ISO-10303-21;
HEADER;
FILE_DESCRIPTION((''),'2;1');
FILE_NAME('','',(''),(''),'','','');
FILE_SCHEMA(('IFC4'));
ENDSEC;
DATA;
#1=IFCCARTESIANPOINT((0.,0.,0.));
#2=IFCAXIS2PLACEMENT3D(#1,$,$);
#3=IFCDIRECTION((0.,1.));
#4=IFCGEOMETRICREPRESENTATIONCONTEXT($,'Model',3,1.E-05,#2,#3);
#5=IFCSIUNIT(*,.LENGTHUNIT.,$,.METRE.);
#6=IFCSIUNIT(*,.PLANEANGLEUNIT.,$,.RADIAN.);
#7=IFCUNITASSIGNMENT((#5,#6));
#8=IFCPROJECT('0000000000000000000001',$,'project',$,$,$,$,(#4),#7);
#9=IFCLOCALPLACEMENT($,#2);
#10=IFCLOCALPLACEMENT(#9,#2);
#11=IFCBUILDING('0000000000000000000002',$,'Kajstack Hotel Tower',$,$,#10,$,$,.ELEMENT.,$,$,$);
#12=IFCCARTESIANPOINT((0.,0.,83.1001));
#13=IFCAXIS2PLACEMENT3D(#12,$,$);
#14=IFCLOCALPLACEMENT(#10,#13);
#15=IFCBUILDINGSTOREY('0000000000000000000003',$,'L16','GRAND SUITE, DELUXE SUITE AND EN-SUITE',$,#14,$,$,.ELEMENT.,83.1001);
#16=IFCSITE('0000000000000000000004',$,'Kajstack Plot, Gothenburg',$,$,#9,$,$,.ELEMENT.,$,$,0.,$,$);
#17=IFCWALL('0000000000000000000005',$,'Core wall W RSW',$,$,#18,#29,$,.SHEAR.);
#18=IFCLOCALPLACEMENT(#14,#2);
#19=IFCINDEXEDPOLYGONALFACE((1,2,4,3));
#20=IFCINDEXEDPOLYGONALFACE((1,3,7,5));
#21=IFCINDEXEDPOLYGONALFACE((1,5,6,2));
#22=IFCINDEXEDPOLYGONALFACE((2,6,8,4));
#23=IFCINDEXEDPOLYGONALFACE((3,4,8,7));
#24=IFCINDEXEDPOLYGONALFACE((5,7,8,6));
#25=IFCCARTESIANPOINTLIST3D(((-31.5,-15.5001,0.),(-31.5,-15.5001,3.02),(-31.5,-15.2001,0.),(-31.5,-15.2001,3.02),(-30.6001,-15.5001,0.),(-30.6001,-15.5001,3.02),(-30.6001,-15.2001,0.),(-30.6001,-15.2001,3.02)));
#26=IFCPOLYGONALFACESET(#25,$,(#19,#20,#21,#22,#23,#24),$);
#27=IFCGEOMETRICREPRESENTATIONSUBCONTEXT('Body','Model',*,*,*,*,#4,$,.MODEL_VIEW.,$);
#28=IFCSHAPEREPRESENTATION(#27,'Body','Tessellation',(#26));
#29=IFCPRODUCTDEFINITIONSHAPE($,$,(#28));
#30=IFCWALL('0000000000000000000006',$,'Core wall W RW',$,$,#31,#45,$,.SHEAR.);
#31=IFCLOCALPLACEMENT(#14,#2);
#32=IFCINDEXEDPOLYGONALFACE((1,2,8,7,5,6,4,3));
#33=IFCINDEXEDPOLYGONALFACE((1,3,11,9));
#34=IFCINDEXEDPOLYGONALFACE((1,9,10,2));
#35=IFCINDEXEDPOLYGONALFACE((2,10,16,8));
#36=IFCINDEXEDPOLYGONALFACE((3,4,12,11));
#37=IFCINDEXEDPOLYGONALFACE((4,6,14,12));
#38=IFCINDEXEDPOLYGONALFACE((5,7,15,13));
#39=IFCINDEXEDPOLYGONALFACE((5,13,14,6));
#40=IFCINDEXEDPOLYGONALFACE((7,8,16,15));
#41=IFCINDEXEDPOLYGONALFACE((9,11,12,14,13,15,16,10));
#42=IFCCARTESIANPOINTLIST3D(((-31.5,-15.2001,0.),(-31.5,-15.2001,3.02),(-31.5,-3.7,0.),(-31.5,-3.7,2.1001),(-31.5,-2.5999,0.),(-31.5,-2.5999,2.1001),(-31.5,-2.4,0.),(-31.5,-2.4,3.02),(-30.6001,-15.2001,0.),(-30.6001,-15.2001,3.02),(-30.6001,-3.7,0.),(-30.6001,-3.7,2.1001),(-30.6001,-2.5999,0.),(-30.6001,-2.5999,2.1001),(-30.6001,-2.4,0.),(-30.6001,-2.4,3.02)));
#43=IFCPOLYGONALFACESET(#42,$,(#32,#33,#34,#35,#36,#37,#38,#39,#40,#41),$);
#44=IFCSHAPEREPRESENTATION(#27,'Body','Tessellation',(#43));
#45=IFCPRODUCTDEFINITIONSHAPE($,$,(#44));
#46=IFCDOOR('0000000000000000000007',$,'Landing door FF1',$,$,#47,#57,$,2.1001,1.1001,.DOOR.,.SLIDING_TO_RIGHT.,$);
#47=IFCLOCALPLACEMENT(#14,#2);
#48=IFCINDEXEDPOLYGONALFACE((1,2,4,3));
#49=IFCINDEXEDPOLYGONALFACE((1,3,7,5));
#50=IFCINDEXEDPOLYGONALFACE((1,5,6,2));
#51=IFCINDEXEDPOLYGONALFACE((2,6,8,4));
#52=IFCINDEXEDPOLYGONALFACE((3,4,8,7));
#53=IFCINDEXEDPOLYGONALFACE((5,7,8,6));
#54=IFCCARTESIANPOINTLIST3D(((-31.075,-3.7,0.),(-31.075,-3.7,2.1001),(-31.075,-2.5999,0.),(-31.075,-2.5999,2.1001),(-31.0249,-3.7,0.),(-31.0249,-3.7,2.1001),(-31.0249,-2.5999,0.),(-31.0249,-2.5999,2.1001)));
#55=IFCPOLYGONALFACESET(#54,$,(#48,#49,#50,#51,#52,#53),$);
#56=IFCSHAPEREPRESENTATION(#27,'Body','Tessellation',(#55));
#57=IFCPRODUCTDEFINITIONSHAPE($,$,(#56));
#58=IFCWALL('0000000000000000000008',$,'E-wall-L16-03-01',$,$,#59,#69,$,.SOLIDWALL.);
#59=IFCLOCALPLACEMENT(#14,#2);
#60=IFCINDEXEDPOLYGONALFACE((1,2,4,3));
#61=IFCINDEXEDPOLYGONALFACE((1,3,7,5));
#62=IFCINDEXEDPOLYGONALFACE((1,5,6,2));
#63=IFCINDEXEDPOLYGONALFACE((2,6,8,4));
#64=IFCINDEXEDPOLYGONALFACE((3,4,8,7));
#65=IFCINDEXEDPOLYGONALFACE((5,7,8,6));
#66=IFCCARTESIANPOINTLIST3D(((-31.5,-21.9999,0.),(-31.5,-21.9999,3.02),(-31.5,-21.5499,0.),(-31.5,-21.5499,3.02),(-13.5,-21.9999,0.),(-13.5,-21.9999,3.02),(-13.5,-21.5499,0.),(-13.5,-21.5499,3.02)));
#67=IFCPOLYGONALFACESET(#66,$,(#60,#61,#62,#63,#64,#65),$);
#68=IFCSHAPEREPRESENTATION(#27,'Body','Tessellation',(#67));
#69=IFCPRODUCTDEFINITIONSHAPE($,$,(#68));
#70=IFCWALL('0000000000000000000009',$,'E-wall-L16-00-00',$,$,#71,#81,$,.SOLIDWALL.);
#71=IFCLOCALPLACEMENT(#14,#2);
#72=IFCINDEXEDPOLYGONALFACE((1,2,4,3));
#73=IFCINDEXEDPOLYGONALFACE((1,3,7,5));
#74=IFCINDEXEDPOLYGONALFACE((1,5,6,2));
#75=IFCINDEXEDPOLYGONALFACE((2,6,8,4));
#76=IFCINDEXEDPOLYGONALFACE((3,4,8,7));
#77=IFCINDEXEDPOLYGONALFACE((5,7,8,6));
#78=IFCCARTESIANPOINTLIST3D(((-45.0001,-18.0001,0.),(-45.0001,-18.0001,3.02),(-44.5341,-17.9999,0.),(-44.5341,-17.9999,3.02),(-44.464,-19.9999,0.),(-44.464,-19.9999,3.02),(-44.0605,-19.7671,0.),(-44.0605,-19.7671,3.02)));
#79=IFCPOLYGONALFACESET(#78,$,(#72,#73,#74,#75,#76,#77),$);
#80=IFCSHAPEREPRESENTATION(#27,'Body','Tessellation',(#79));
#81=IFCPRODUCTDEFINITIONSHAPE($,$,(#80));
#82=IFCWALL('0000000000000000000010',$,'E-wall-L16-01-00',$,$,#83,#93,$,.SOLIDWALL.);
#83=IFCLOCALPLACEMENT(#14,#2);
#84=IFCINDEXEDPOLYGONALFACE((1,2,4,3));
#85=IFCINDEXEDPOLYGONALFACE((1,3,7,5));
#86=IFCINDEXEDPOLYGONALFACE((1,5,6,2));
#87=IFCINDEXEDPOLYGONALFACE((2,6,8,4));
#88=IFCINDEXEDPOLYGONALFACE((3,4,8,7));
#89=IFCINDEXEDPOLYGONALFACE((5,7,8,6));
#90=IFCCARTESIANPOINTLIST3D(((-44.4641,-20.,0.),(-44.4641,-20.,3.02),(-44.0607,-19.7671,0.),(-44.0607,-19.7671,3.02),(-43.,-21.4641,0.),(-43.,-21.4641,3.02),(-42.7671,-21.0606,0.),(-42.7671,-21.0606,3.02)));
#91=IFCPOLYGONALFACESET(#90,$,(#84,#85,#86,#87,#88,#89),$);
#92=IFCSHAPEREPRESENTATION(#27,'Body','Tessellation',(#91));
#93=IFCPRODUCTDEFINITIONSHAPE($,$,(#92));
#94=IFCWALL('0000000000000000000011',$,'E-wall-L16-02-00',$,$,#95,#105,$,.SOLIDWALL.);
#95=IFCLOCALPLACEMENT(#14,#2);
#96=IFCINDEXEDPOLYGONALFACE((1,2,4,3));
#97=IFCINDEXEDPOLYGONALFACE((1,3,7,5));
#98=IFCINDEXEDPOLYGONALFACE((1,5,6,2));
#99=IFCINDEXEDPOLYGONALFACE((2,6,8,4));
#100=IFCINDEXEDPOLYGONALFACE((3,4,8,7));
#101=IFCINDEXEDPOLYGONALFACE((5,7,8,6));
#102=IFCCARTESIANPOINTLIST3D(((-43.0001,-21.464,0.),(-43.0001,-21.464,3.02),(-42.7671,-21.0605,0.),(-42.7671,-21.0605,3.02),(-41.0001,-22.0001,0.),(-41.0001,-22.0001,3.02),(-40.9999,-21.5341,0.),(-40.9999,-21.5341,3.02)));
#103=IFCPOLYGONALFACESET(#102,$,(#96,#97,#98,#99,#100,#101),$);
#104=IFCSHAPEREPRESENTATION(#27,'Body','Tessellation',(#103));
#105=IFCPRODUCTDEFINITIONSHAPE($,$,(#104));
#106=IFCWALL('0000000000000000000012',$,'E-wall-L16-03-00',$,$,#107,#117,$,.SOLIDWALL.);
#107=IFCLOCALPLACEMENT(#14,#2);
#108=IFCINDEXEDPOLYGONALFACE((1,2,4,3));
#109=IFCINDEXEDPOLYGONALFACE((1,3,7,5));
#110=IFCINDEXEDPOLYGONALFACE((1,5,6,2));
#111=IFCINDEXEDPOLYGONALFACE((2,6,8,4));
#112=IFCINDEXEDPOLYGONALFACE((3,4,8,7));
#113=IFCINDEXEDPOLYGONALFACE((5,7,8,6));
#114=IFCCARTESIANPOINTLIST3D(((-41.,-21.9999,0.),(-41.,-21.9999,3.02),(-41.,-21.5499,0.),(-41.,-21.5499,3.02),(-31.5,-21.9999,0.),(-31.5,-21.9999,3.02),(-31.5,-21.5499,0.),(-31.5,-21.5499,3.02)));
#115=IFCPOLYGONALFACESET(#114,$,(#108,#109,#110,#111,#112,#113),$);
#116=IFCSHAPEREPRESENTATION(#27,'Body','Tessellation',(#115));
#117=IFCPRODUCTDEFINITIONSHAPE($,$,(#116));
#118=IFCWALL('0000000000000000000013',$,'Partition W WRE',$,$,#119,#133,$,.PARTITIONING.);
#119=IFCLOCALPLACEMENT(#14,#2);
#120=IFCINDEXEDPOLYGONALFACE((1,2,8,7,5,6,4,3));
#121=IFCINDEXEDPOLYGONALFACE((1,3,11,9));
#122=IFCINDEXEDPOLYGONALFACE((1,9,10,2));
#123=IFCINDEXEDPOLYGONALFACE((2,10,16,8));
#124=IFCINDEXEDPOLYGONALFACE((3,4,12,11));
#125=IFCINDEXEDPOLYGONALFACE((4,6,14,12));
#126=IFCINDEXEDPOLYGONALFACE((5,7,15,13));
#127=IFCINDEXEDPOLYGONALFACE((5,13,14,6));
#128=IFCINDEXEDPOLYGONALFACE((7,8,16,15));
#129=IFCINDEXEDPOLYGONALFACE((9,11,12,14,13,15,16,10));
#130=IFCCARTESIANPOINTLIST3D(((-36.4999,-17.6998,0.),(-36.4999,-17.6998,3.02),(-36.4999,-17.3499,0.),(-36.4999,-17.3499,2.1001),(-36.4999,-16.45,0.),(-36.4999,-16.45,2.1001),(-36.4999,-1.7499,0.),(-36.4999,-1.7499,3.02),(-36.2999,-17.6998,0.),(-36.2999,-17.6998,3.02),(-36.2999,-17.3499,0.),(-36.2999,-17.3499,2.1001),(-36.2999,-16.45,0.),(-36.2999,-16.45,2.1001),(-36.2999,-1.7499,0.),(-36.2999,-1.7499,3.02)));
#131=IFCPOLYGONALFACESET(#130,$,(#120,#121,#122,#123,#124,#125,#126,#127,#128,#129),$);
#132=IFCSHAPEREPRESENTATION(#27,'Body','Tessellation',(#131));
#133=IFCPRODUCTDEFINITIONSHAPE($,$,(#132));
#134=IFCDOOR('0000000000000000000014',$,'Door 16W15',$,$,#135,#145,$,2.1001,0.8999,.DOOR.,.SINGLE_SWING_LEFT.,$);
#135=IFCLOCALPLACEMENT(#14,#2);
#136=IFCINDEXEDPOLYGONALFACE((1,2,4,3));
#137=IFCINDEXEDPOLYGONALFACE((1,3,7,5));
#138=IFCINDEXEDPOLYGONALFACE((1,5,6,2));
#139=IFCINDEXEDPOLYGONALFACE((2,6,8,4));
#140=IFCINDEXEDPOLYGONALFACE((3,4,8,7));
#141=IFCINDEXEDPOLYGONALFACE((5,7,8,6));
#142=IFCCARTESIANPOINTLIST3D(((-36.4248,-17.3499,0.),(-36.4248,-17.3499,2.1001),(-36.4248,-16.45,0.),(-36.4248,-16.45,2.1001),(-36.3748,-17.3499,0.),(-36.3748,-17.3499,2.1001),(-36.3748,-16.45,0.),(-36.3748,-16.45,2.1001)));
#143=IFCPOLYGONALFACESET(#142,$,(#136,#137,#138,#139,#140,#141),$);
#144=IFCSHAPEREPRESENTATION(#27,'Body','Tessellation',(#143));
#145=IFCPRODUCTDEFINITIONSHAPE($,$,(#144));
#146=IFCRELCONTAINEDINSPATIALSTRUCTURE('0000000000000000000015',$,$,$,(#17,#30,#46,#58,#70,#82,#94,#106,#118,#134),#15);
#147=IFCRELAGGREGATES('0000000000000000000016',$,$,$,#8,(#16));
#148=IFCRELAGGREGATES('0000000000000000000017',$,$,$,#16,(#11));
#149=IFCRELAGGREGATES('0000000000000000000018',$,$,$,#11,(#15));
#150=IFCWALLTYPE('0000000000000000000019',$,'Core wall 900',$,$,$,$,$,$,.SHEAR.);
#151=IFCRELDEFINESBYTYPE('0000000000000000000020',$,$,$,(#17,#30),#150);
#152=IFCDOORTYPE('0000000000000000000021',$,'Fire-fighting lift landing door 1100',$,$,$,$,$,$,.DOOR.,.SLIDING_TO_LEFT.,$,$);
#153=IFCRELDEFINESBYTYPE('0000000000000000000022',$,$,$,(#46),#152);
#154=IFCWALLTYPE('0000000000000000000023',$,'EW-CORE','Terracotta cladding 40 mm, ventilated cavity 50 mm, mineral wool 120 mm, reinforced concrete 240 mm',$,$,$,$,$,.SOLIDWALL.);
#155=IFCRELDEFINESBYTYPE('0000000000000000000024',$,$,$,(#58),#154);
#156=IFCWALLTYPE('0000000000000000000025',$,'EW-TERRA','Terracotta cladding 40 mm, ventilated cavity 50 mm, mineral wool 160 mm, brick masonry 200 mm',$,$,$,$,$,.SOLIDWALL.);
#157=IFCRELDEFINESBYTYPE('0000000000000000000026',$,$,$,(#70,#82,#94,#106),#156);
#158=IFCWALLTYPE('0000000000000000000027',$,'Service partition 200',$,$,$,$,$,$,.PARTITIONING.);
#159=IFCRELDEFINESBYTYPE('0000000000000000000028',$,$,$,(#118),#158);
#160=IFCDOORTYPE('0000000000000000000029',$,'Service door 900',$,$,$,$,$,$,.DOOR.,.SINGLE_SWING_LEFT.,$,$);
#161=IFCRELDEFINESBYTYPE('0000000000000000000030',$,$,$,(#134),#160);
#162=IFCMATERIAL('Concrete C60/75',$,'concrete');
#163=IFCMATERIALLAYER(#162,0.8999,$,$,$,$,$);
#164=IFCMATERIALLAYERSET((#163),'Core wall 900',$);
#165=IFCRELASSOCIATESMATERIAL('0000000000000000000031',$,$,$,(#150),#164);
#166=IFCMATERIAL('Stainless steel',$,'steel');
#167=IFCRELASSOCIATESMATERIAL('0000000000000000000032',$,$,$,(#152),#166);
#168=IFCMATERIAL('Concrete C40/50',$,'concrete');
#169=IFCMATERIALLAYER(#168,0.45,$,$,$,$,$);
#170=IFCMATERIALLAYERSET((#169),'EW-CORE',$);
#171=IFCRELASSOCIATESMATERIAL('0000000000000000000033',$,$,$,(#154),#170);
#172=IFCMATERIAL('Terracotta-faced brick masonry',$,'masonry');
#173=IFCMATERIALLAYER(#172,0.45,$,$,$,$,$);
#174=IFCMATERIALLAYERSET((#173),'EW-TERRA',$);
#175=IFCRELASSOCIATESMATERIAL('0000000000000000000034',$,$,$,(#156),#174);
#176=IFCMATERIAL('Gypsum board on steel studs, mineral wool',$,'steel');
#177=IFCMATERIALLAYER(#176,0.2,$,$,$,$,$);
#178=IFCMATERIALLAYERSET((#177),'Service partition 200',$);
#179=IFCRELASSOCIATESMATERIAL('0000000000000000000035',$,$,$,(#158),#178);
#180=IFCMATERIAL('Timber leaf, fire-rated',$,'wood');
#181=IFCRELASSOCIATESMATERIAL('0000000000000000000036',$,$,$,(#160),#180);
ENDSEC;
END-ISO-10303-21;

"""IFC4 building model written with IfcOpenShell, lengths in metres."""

from ifc_helpers import new_model, si_unit, direction, frame, frame_2d, origin, place, context, subcontext, project, spatial, polyline, rectangle, outline, extrude, material, layer, layer_set, type_object, element, fill, save


model = new_model("IFC4")

# Units and contexts
model_context = context("Model", 3, precision=1e-05, world=origin(), true_north=direction((0.0, 1.0)))
body_context = subcontext(model_context, "Body", "Model", "MODEL_VIEW")
ifc_project = project(units=[si_unit("LENGTHUNIT", "METRE"), si_unit("PLANEANGLEUNIT", "RADIAN")], contexts=[model_context])

# Site, building, storey
site_placement = place(None, origin())
site = spatial("IfcSite", under=ifc_project, at=site_placement, Name="Kajstack Plot, Gothenburg", CompositionType="ELEMENT", RefElevation=0.0)
building_placement = place(site_placement, origin())
building = spatial("IfcBuilding", under=site, at=building_placement, Name="Kajstack Hotel Tower", CompositionType="ELEMENT")
storey_placement = place(building_placement, frame((0.0, 0.0, 83.1001)))
storey = spatial("IfcBuildingStorey", under=building, at=storey_placement, Name="L16", Description="GRAND SUITE, DELUXE SUITE AND EN-SUITE", CompositionType="ELEMENT", Elevation=83.1001)

# Wall
ifc_material_1 = material(Name="Concrete C60/75", Category="concrete")
ifc_layer_1 = layer(ifc_material_1, 0.8999)
ifc_layer_set_1 = layer_set([ifc_layer_1], Name="Core wall 900")
wall_type_1 = type_object("IfcWallType", Name="Core wall 900", PredefinedType="SHEAR", material=ifc_layer_set_1)
wall_1_placement = place(storey_placement, frame((-31.5, -15.3501, 0.0), z_axis=(0.0, 0.0, 1.0), x_axis=(1.0, 0.0, 0.0)))
element("IfcWall", 1, at=wall_1_placement, inside=storey, type_object=wall_type_1, Name="Core wall W RSW", PredefinedType="SHEAR", context=body_context, shape_type="SweptSolid", body=[
    extrude(rectangle(XDim=0.8999, YDim=0.3, at=frame_2d((0.45, 0.0))), origin(), (0.0, 0.0, 1.0), 3.02),
])

# Wall, opening, door
wall_2_placement = place(storey_placement, frame((-31.05, -15.2, 0.0), z_axis=(0.0, 0.0, 1.0), x_axis=(0.0, 1.0, 0.0)))
wall_2 = element("IfcWall", 2, at=wall_2_placement, inside=storey, type_object=wall_type_1, Name="Core wall W RW", PredefinedType="SHEAR", context=body_context, shape_type="SweptSolid", body=[
    extrude(rectangle(XDim=12.8, YDim=0.8999, at=frame_2d((6.3999, 0.0))), origin(), (0.0, 0.0, 1.0), 3.02),
])
opening_1_placement = place(wall_2_placement, frame((11.5, 0.0, 0.0)))
opening_1 = element("IfcOpeningElement", 3, at=opening_1_placement, cuts=wall_2, PredefinedType="OPENING", context=body_context, shape_type="SweptSolid", body=[
    extrude(rectangle(XDim=1.1001, YDim=2.1001, at=frame_2d((0.55, 1.05))), frame((0.0, 0.46, 0.0), z_axis=(0.0, -1.0, 0.0), x_axis=(1.0, 0.0, 0.0)), (0.0, 0.0, 1.0), 0.9199),
])
ifc_material_2 = material(Name="Stainless steel", Category="steel")
door_type_1 = type_object("IfcDoorType", Name="Fire-fighting lift landing door 1100", OperationType="SLIDING_TO_LEFT", PredefinedType="DOOR", material=ifc_material_2)
door_1_placement = place(opening_1_placement, origin())
door_1 = element("IfcDoor", 4, at=door_1_placement, inside=storey, type_object=door_type_1, Name="Landing door FF1", OperationType="SLIDING_TO_RIGHT", OverallHeight=2.1001, OverallWidth=1.1001, PredefinedType="DOOR", context=body_context, shape_type="SweptSolid", body=[
    extrude(rectangle(XDim=1.1001, YDim=2.1001, at=frame_2d((0.55, 1.05))), frame((0.0, 0.0249, 0.0), z_axis=(0.0, -1.0, 0.0), x_axis=(1.0, 0.0, 0.0)), (0.0, 0.0, 1.0), 0.05),
])
fill(opening_1, door_1)

# Walls
ifc_material_3 = material(Name="Concrete C40/50", Category="concrete")
ifc_layer_2 = layer(ifc_material_3, 0.45)
ifc_layer_set_2 = layer_set([ifc_layer_2], Name="EW-CORE")
wall_type_2 = type_object("IfcWallType", Name="EW-CORE", Description="Terracotta cladding 40 mm, ventilated cavity 50 mm, mineral wool 120 mm, reinforced concrete 240 mm", PredefinedType="SOLIDWALL", material=ifc_layer_set_2)
wall_3_placement = place(storey_placement, frame((-31.5, -21.7749, 0.0), z_axis=(0.0, 0.0, 1.0), x_axis=(1.0, 0.0, 0.0)))
element("IfcWall", 5, at=wall_3_placement, inside=storey, type_object=wall_type_2, Name="E-wall-L16-03-01", PredefinedType="SOLIDWALL", context=body_context, shape_type="SweptSolid", body=[
    extrude(rectangle(XDim=18.0, YDim=0.45, at=frame_2d((9.0, 0.0))), origin(), (0.0, 0.0, 1.0), 3.02),
])
ifc_material_4 = material(Name="Terracotta-faced brick masonry", Category="masonry")
ifc_layer_3 = layer(ifc_material_4, 0.45)
ifc_layer_set_3 = layer_set([ifc_layer_3], Name="EW-TERRA")
wall_type_3 = type_object("IfcWallType", Name="EW-TERRA", Description="Terracotta cladding 40 mm, ventilated cavity 50 mm, mineral wool 160 mm, brick masonry 200 mm", PredefinedType="SOLIDWALL", material=ifc_layer_set_3)
wall_4_placement = place(storey_placement, frame((-44.7827, -17.9417, 0.0), z_axis=(0.0, 0.0, 1.0), x_axis=(0.258815, -0.965927, 0.0)))
element("IfcWall", 6, at=wall_4_placement, inside=storey, type_object=wall_type_3, Name="E-wall-L16-00-00", PredefinedType="SOLIDWALL", context=body_context, shape_type="SweptSolid", body=[
    extrude(outline(polyline([(0.0002, -0.2251), (2.0706, -0.2249), (1.9502, 0.2251), (0.1206, 0.2251), (0.0002, -0.2251)])), origin(), (0.0, 0.0, 1.0), 3.02),
])
wall_5_placement = place(storey_placement, frame((-44.3049, -19.8408, 0.0), z_axis=(0.0, 0.0, 1.0), x_axis=(0.707107, -0.707107, 0.0)))
element("IfcWall", 7, at=wall_5_placement, inside=storey, type_object=wall_type_3, Name="E-wall-L16-01-00", PredefinedType="SOLIDWALL", context=body_context, shape_type="SweptSolid", body=[
    extrude(outline(polyline([(0.0, -0.2251), (2.0706, -0.2251), (1.95, 0.2249), (0.1206, 0.2249), (0.0, -0.2251)])), origin(), (0.0, 0.0, 1.0), 3.02),
])
wall_6_placement = place(storey_placement, frame((-42.9417, -21.2468, 0.0), z_axis=(0.0, 0.0, 1.0), x_axis=(0.965927, -0.258815, 0.0)))
element("IfcWall", 8, at=wall_6_placement, inside=storey, type_object=wall_type_3, Name="E-wall-L16-02-00", PredefinedType="SOLIDWALL", context=body_context, shape_type="SweptSolid", body=[
    extrude(outline(polyline([(-0.0002, -0.2249), (2.0703, -0.2251), (1.95, 0.2251), (0.1204, 0.2251), (-0.0002, -0.2249)])), origin(), (0.0, 0.0, 1.0), 3.02),
])
wall_7_placement = place(storey_placement, frame((-41.0, -21.7749, 0.0), z_axis=(0.0, 0.0, 1.0), x_axis=(1.0, 0.0, 0.0)))
element("IfcWall", 9, at=wall_7_placement, inside=storey, type_object=wall_type_3, Name="E-wall-L16-03-00", PredefinedType="SOLIDWALL", context=body_context, shape_type="SweptSolid", body=[
    extrude(rectangle(XDim=9.5, YDim=0.45, at=frame_2d((4.75, 0.0))), origin(), (0.0, 0.0, 1.0), 3.02),
])

# Wall, opening, door
ifc_material_5 = material(Name="Gypsum board on steel studs, mineral wool", Category="steel")
ifc_layer_4 = layer(ifc_material_5, 0.2)
ifc_layer_set_4 = layer_set([ifc_layer_4], Name="Service partition 200")
wall_type_4 = type_object("IfcWallType", Name="Service partition 200", PredefinedType="PARTITIONING", material=ifc_layer_set_4)
wall_8_placement = place(storey_placement, frame((-36.3999, -17.7, 0.0), z_axis=(0.0, 0.0, 1.0), x_axis=(0.0, 1.0, 0.0)))
wall_8 = element("IfcWall", 10, at=wall_8_placement, inside=storey, type_object=wall_type_4, Name="Partition W WRE", PredefinedType="PARTITIONING", context=body_context, shape_type="SweptSolid", body=[
    extrude(rectangle(XDim=15.95, YDim=0.2, at=frame_2d((7.9751, 0.0))), origin(), (0.0, 0.0, 1.0), 3.02),
])
opening_2_placement = place(wall_8_placement, frame((0.3501, 0.0, 0.0)))
opening_2 = element("IfcOpeningElement", 11, at=opening_2_placement, cuts=wall_8, PredefinedType="OPENING", context=body_context, shape_type="SweptSolid", body=[
    extrude(rectangle(XDim=0.8999, YDim=2.1001, at=frame_2d((0.45, 1.05))), frame((0.0, 0.1099, 0.0), z_axis=(0.0, -1.0, 0.0), x_axis=(1.0, 0.0, 0.0)), (0.0, 0.0, 1.0), 0.22),
])
ifc_material_6 = material(Name="Timber leaf, fire-rated", Category="wood")
door_type_2 = type_object("IfcDoorType", Name="Service door 900", OperationType="SINGLE_SWING_LEFT", PredefinedType="DOOR", material=ifc_material_6)
door_2_placement = place(opening_2_placement, origin())
door_2 = element("IfcDoor", 12, at=door_2_placement, inside=storey, type_object=door_type_2, Name="Door 16W15", OperationType="SINGLE_SWING_LEFT", OverallHeight=2.1001, OverallWidth=0.8999, PredefinedType="DOOR", context=body_context, shape_type="SweptSolid", body=[
    extrude(rectangle(XDim=0.8999, YDim=2.1001, at=frame_2d((0.45, 1.05))), frame((0.0, 0.0249, 0.0), z_axis=(0.0, -1.0, 0.0), x_axis=(1.0, 0.0, 0.0)), (0.0, 0.0, 1.0), 0.05),
])
fill(opening_2, door_2)

save(model, "model.ifc")
